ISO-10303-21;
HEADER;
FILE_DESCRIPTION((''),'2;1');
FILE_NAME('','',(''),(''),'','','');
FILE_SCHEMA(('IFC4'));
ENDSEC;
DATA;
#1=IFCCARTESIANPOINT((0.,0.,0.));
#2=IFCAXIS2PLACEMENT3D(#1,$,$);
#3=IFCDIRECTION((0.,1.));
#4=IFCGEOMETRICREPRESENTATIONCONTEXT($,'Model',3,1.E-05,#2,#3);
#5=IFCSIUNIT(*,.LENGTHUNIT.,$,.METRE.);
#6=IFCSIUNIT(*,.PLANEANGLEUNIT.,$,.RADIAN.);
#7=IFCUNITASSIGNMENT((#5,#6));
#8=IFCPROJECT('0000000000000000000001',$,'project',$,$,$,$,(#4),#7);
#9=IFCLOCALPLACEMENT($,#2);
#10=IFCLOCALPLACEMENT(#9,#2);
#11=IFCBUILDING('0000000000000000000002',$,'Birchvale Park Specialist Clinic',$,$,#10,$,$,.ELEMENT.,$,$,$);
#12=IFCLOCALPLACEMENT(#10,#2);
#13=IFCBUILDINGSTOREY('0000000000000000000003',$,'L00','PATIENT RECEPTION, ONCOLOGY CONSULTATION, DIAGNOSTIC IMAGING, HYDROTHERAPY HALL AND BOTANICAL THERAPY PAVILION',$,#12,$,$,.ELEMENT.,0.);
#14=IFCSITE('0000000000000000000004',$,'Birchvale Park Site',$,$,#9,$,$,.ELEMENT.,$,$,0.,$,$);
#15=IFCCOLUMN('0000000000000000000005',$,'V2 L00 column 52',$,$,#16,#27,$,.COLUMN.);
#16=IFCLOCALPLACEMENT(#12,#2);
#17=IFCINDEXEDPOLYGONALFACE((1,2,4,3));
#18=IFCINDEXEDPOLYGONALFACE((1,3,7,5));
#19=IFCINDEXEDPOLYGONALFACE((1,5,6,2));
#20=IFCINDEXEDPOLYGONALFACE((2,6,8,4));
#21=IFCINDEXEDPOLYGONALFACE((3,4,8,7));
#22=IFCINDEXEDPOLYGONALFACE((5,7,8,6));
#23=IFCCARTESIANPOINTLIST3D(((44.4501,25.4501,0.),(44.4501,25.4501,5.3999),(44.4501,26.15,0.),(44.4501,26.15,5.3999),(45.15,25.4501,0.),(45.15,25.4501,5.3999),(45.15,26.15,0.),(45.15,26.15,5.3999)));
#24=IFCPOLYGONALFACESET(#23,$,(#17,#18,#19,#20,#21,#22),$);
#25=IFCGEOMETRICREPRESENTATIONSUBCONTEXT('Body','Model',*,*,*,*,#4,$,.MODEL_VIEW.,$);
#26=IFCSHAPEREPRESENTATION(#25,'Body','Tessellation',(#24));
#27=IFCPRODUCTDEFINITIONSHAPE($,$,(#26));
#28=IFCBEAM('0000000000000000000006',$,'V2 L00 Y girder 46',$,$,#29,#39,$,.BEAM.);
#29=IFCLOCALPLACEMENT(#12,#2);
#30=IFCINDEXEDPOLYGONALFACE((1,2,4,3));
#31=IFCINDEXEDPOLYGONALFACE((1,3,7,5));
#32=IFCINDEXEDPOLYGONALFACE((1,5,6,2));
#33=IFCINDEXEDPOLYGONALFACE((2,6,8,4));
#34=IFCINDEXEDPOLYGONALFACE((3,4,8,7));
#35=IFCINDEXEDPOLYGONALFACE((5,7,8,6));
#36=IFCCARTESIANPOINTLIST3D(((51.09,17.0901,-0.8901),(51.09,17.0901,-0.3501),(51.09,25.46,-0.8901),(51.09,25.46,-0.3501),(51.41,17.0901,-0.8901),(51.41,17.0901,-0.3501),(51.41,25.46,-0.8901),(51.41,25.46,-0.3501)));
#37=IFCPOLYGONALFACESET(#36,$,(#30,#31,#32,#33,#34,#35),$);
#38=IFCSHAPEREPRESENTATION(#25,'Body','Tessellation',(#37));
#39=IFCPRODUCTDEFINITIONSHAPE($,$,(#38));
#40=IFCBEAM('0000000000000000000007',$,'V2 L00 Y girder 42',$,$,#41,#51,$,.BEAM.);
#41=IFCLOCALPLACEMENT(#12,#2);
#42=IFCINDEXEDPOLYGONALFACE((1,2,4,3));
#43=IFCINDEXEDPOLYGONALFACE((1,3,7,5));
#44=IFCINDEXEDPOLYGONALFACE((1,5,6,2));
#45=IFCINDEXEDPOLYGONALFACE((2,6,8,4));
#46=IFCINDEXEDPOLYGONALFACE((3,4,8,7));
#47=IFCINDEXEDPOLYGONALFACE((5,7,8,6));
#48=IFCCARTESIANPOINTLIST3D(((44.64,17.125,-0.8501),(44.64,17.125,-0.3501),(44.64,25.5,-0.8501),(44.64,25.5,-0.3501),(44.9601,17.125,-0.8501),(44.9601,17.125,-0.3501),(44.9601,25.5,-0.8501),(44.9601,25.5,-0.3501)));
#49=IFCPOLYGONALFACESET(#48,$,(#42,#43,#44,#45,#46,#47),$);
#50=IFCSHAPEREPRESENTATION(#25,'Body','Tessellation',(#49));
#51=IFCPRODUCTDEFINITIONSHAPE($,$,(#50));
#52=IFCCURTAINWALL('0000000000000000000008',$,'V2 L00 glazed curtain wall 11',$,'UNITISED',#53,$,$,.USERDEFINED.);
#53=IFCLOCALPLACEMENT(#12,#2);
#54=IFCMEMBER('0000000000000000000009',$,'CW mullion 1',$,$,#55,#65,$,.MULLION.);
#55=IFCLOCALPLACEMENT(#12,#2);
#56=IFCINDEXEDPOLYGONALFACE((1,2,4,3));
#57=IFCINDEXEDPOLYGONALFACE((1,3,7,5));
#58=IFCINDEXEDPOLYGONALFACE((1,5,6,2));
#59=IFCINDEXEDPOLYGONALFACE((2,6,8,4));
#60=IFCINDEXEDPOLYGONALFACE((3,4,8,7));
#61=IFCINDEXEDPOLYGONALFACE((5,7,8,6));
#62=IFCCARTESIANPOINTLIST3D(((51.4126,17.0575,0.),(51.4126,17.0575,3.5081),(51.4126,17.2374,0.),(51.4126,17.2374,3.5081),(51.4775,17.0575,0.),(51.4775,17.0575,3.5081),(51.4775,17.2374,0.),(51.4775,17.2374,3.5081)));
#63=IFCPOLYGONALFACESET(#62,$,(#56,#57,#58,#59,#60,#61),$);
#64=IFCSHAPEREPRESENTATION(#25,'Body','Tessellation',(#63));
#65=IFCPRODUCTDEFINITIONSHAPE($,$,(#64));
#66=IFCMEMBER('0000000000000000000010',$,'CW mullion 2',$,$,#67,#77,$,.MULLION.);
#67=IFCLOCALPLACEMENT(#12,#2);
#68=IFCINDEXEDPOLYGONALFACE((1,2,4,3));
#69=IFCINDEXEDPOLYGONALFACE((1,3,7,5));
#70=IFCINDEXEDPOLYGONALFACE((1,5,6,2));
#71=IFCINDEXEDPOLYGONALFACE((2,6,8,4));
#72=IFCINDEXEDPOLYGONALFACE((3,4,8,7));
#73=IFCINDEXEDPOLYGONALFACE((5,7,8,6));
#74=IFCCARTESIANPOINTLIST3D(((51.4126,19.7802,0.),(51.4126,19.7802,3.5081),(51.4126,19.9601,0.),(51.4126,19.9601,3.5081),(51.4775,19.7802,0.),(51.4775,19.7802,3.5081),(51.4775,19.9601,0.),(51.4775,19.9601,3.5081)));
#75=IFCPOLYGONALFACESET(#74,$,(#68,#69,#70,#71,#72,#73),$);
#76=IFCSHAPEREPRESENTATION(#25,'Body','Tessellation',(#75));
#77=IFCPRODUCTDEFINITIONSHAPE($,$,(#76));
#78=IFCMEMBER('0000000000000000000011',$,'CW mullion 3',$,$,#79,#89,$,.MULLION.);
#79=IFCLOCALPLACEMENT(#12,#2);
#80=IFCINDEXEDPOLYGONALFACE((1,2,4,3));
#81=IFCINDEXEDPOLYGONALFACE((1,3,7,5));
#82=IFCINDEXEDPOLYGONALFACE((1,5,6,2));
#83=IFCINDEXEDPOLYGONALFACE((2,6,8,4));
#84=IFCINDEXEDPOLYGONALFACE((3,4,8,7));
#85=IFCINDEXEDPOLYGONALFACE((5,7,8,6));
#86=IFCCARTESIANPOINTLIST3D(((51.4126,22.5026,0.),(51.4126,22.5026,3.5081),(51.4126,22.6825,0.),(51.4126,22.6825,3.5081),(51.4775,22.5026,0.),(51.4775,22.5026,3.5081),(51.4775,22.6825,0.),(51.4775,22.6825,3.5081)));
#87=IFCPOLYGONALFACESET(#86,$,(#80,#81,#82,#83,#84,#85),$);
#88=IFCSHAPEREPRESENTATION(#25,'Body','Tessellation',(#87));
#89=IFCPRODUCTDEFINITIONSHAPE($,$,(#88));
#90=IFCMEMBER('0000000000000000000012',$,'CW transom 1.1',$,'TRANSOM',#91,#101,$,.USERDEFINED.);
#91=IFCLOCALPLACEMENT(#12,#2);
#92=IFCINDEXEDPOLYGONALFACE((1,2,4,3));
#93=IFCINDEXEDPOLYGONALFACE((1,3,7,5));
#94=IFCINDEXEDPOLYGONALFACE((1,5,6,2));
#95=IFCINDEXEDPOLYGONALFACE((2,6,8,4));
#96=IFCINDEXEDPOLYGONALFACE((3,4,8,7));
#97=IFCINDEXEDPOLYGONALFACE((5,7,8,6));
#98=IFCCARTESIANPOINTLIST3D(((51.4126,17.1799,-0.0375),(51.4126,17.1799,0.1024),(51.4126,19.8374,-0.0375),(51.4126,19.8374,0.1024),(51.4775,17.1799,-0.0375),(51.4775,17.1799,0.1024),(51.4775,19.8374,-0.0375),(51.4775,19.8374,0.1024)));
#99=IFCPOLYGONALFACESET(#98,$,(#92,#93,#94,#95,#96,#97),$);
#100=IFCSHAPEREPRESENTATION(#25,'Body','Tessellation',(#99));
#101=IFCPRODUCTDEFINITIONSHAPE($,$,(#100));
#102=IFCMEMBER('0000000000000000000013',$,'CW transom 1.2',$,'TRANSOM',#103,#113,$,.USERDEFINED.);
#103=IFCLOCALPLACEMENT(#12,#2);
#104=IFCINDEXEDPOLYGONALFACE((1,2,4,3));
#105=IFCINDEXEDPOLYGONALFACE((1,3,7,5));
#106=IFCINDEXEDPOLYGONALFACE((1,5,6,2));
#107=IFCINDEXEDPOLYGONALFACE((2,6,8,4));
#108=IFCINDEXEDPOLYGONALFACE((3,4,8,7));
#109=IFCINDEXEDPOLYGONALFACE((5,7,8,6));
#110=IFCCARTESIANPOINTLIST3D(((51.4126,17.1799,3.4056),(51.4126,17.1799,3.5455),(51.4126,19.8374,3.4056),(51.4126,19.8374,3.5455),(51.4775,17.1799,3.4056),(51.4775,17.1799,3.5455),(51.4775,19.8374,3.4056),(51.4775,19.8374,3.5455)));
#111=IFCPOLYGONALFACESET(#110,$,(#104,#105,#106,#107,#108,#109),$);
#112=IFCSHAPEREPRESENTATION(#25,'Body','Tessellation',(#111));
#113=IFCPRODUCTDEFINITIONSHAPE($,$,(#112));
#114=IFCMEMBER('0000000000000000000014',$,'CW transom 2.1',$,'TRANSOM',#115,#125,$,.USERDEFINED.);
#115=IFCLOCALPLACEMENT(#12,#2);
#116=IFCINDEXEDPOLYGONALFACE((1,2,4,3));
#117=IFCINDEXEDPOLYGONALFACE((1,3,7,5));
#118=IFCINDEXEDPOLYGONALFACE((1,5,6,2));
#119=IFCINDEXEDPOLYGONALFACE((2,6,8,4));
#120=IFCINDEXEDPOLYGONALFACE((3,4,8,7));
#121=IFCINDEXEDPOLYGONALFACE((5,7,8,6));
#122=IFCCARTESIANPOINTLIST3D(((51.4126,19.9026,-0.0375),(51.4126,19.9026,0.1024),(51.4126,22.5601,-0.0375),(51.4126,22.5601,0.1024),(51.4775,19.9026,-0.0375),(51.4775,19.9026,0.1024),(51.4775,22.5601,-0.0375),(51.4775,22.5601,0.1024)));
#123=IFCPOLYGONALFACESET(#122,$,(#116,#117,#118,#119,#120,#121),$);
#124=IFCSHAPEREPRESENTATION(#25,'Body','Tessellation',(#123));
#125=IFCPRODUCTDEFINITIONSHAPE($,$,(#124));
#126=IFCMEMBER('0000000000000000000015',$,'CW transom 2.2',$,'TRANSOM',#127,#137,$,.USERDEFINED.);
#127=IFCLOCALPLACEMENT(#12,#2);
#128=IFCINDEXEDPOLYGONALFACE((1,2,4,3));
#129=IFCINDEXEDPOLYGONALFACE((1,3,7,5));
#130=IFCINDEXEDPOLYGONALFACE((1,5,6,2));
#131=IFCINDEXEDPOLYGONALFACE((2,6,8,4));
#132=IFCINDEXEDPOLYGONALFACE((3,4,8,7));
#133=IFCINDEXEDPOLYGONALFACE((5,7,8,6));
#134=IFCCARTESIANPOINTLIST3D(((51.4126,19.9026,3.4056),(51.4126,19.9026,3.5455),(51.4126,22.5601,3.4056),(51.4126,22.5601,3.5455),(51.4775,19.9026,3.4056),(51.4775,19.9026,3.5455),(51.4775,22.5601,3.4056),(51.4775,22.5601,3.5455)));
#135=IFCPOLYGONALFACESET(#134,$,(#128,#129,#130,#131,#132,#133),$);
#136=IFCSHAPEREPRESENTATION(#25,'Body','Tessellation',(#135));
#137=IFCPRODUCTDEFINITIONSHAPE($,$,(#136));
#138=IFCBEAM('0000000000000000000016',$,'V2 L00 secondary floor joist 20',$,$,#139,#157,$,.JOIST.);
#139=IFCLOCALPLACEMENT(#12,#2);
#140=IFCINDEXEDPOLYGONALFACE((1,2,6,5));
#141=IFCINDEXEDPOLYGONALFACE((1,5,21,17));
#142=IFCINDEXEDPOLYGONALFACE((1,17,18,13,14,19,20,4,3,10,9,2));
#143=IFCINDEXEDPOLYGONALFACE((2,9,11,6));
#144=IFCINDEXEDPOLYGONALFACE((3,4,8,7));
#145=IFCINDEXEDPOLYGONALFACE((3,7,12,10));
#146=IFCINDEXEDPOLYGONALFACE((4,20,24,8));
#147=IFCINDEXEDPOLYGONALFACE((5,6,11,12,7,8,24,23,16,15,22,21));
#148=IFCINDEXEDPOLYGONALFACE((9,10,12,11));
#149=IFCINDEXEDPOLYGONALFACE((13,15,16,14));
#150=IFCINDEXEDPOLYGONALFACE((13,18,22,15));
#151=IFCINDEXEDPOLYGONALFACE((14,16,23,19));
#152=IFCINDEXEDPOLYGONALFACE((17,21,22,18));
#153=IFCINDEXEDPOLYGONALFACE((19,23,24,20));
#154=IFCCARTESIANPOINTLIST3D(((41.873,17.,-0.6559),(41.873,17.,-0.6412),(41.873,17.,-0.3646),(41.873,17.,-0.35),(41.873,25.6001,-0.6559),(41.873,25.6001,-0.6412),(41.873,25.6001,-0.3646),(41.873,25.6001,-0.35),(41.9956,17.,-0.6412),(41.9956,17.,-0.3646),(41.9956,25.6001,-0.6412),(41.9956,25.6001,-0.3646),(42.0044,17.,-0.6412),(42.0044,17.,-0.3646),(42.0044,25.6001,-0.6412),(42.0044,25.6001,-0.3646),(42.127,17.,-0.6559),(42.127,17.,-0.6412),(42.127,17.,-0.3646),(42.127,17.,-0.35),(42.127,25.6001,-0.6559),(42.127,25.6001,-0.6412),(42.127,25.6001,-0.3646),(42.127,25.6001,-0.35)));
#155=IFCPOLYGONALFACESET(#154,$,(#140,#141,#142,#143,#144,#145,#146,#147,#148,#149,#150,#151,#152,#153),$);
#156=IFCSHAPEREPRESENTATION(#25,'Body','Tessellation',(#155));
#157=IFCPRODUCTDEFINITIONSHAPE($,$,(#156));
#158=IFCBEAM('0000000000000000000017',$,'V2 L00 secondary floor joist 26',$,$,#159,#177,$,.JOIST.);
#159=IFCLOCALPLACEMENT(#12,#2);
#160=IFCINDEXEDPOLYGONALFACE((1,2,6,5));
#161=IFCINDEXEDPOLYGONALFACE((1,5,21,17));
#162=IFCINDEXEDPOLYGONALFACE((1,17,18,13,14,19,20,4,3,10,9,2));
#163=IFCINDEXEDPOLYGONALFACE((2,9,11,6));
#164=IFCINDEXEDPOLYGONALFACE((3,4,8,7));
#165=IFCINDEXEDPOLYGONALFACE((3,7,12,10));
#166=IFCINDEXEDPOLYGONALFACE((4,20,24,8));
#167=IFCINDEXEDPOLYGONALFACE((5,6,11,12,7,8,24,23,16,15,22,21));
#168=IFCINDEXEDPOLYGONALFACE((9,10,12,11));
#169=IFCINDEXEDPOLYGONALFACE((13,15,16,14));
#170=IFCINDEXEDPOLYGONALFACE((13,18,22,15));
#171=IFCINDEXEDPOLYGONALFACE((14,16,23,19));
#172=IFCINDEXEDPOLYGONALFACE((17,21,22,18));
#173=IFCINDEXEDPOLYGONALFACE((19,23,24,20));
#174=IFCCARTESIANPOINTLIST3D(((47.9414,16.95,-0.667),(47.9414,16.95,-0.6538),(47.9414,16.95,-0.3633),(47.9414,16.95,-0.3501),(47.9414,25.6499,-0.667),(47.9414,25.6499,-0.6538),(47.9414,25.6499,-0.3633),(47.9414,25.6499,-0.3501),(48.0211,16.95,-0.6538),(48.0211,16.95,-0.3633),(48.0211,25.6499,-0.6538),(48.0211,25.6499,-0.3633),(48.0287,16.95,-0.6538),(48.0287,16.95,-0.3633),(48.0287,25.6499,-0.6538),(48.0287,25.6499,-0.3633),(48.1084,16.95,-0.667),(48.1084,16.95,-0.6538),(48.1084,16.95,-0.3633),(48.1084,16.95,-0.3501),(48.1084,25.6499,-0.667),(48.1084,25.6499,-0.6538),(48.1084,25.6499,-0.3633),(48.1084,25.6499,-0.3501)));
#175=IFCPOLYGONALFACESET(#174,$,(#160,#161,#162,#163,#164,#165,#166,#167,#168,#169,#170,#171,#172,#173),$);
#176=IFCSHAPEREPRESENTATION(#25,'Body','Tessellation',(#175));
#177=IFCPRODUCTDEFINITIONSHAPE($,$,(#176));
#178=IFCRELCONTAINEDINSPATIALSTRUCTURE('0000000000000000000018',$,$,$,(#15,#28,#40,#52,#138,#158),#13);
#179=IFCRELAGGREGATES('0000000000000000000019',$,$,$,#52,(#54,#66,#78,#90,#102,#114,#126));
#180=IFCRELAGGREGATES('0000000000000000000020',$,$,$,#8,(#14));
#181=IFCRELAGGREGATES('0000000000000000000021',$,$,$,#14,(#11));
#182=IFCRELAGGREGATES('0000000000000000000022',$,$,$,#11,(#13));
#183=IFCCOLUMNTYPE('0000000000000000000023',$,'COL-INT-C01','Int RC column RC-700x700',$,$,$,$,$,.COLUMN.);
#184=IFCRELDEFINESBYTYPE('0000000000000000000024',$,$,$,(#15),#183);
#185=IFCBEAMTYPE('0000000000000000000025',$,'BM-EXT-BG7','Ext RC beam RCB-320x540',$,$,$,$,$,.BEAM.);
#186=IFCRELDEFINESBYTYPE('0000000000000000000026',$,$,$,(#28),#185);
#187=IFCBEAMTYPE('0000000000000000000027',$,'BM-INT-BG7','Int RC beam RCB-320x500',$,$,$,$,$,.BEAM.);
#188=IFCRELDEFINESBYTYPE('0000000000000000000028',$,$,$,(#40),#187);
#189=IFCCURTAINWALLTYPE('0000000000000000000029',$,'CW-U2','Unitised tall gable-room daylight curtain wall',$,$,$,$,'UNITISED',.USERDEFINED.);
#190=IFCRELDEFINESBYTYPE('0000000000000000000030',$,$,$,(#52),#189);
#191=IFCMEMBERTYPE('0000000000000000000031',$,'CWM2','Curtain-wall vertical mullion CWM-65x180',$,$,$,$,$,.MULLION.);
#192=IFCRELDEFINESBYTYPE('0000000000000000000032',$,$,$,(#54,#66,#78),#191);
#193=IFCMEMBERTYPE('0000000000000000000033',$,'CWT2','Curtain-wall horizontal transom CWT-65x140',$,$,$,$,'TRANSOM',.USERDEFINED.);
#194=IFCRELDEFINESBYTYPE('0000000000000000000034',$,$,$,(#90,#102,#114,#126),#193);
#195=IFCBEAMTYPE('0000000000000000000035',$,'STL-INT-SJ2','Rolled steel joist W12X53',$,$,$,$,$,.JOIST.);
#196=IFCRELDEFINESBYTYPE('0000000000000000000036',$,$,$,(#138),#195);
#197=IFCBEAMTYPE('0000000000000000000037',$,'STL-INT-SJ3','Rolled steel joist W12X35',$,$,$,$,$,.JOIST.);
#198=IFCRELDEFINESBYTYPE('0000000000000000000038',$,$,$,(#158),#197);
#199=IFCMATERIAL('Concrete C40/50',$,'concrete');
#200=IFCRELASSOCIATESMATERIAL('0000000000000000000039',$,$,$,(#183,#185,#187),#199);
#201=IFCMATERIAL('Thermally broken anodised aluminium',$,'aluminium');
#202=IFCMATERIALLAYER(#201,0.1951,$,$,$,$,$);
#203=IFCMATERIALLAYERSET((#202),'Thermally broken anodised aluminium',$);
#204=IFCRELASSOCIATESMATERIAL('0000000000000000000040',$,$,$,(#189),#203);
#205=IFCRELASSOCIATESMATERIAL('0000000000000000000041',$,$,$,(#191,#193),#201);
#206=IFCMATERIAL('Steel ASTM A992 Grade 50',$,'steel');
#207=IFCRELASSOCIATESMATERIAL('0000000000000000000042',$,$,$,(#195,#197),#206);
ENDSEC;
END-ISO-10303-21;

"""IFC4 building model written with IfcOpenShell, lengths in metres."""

from ifc_helpers import new_model, si_unit, direction, frame, origin, origin_2d, place, context, subcontext, project, spatial, rectangle, i_section, extrude, material, layer, layer_set, material_profile, profile_set, type_object, element, aggregate, save


model = new_model("IFC4")

# Units and contexts
model_context = context("Model", 3, precision=1e-05, world=origin(), true_north=direction((0.0, 1.0)))
body_context = subcontext(model_context, "Body", "Model", "MODEL_VIEW")
ifc_project = project(units=[si_unit("LENGTHUNIT", "METRE"), si_unit("PLANEANGLEUNIT", "RADIAN")], contexts=[model_context])

# Site, building, storey
site_placement = place(None, origin())
site = spatial("IfcSite", under=ifc_project, at=site_placement, Name="Birchvale Park Site", CompositionType="ELEMENT", RefElevation=0.0)
building_placement = place(site_placement, origin())
building = spatial("IfcBuilding", under=site, at=building_placement, Name="Birchvale Park Specialist Clinic", CompositionType="ELEMENT")
storey_placement = place(building_placement, origin())
storey = spatial("IfcBuildingStorey", under=building, at=storey_placement, Name="L00", Description="PATIENT RECEPTION, ONCOLOGY CONSULTATION, DIAGNOSTIC IMAGING, HYDROTHERAPY HALL AND BOTANICAL THERAPY PAVILION", CompositionType="ELEMENT", Elevation=0.0)

# Column
ifc_material_1 = material(Name="Concrete C40/50", Category="concrete")
ifc_material_profile_1 = material_profile(ifc_material_1, rectangle(XDim=0.7, YDim=0.7, at=origin_2d()), Name="RC-700x700")
ifc_profile_set_1 = profile_set([ifc_material_profile_1], Name="Concrete C40/50")
column_type = type_object("IfcColumnType", Name="COL-INT-C01", Description="Int RC column RC-700x700", PredefinedType="COLUMN", material=ifc_profile_set_1)
column_placement = place(storey_placement, frame((44.8, 25.8, 0.0), z_axis=(0.0, 0.0, 1.0), x_axis=(1.0, 0.0, 0.0)))
element("IfcColumn", 1, at=column_placement, inside=storey, type_object=column_type, Name="V2 L00 column 52", PredefinedType="COLUMN", context=body_context, shape_type="SweptSolid", body=[
    extrude(rectangle(XDim=0.7, YDim=0.7, at=origin_2d()), origin(), (0.0, 0.0, 1.0), 5.3999),
])

# Beams
ifc_material_profile_2 = material_profile(ifc_material_1, rectangle(XDim=0.3201, YDim=0.54, at=origin_2d()), Name="RCB-320x540")
ifc_profile_set_2 = profile_set([ifc_material_profile_2], Name="Concrete C40/50")
beam_type_1 = type_object("IfcBeamType", Name="BM-EXT-BG7", Description="Ext RC beam RCB-320x540", PredefinedType="BEAM", material=ifc_profile_set_2)
beam_1_placement = place(storey_placement, frame((51.25, 17.0901, -0.6201), z_axis=(0.0, 1.0, 0.0), x_axis=(-1.0, 0.0, 0.0)))
element("IfcBeam", 2, at=beam_1_placement, inside=storey, type_object=beam_type_1, Name="V2 L00 Y girder 46", PredefinedType="BEAM", context=body_context, shape_type="SweptSolid", body=[
    extrude(rectangle(XDim=0.3201, YDim=0.54, at=origin_2d()), origin(), (0.0, 0.0, 1.0), 8.3699),
])
ifc_material_profile_3 = material_profile(ifc_material_1, rectangle(XDim=0.3201, YDim=0.5, at=origin_2d()), Name="RCB-320x500")
ifc_profile_set_3 = profile_set([ifc_material_profile_3], Name="Concrete C40/50")
beam_type_2 = type_object("IfcBeamType", Name="BM-INT-BG7", Description="Int RC beam RCB-320x500", PredefinedType="BEAM", material=ifc_profile_set_3)
beam_2_placement = place(storey_placement, frame((44.8, 17.125, -0.6001), z_axis=(0.0, 1.0, 0.0), x_axis=(-1.0, 0.0, 0.0)))
element("IfcBeam", 3, at=beam_2_placement, inside=storey, type_object=beam_type_2, Name="V2 L00 Y girder 42", PredefinedType="BEAM", context=body_context, shape_type="SweptSolid", body=[
    extrude(rectangle(XDim=0.3201, YDim=0.5, at=origin_2d()), origin(), (0.0, 0.0, 1.0), 8.375),
])

# Curtain wall, members
ifc_material_2 = material(Name="Thermally broken anodised aluminium", Category="aluminium")
ifc_layer_1 = layer(ifc_material_2, 0.1951)
ifc_layer_set_1 = layer_set([ifc_layer_1], Name="Thermally broken anodised aluminium")
curtain_wall_type = type_object("IfcCurtainWallType", Name="CW-U2", Description="Unitised tall gable-room daylight curtain wall", ElementType="UNITISED", PredefinedType="USERDEFINED", material=ifc_layer_set_1)
curtain_wall_placement = place(storey_placement, origin())
curtain_wall = element("IfcCurtainWall", 4, at=curtain_wall_placement, inside=storey, type_object=curtain_wall_type, Name="V2 L00 glazed curtain wall 11", ObjectType="UNITISED", PredefinedType="USERDEFINED")
ifc_material_profile_4 = material_profile(ifc_material_2, rectangle(XDim=0.0649, YDim=0.1799, at=origin_2d()), Name="CWM-65x180")
ifc_profile_set_4 = profile_set([ifc_material_profile_4], Name="Thermally broken anodised aluminium")
member_type_1 = type_object("IfcMemberType", Name="CWM2", Description="Curtain-wall vertical mullion CWM-65x180", PredefinedType="MULLION", material=ifc_profile_set_4)
member_1_placement = place(storey_placement, frame((51.4451, 17.1475, 0.0), z_axis=(0.0, 0.0, 1.0), x_axis=(-1.0, 0.0, 0.0)))
member_1 = element("IfcMember", 5, at=member_1_placement, type_object=member_type_1, Name="CW mullion 1", PredefinedType="MULLION", context=body_context, shape_type="SweptSolid", body=[
    extrude(rectangle(XDim=0.0649, YDim=0.1799, at=origin_2d()), origin(), (0.0, 0.0, 1.0), 3.5081),
])
member_2_placement = place(storey_placement, frame((51.4451, 19.8701, 0.0), z_axis=(0.0, 0.0, 1.0), x_axis=(-1.0, 0.0, 0.0)))
member_2 = element("IfcMember", 6, at=member_2_placement, type_object=member_type_1, Name="CW mullion 2", PredefinedType="MULLION", context=body_context, shape_type="SweptSolid", body=[
    extrude(rectangle(XDim=0.0649, YDim=0.1799, at=origin_2d()), origin(), (0.0, 0.0, 1.0), 3.5081),
])
member_3_placement = place(storey_placement, frame((51.4451, 22.5925, 0.0), z_axis=(0.0, 0.0, 1.0), x_axis=(-1.0, 0.0, 0.0)))
member_3 = element("IfcMember", 7, at=member_3_placement, type_object=member_type_1, Name="CW mullion 3", PredefinedType="MULLION", context=body_context, shape_type="SweptSolid", body=[
    extrude(rectangle(XDim=0.0649, YDim=0.1799, at=origin_2d()), origin(), (0.0, 0.0, 1.0), 3.5081),
])
ifc_material_profile_5 = material_profile(ifc_material_2, rectangle(XDim=0.0649, YDim=0.1399, at=origin_2d()), Name="CWT-65x140")
ifc_profile_set_5 = profile_set([ifc_material_profile_5], Name="Thermally broken anodised aluminium")
member_type_2 = type_object("IfcMemberType", Name="CWT2", Description="Curtain-wall horizontal transom CWT-65x140", ElementType="TRANSOM", PredefinedType="USERDEFINED", material=ifc_profile_set_5)
member_4_placement = place(storey_placement, frame((51.4451, 17.1799, 0.0325), z_axis=(0.0, 1.0, 0.0), x_axis=(-1.0, 0.0, 0.0)))
member_4 = element("IfcMember", 8, at=member_4_placement, type_object=member_type_2, Name="CW transom 1.1", ObjectType="TRANSOM", PredefinedType="USERDEFINED", context=body_context, shape_type="SweptSolid", body=[
    extrude(rectangle(XDim=0.0649, YDim=0.1399, at=origin_2d()), origin(), (0.0, 0.0, 1.0), 2.6575),
])
member_5_placement = place(storey_placement, frame((51.4451, 17.1799, 3.4756), z_axis=(0.0, 1.0, 0.0), x_axis=(-1.0, 0.0, 0.0)))
member_5 = element("IfcMember", 9, at=member_5_placement, type_object=member_type_2, Name="CW transom 1.2", ObjectType="TRANSOM", PredefinedType="USERDEFINED", context=body_context, shape_type="SweptSolid", body=[
    extrude(rectangle(XDim=0.0649, YDim=0.1399, at=origin_2d()), origin(), (0.0, 0.0, 1.0), 2.6575),
])
member_6_placement = place(storey_placement, frame((51.4451, 19.9026, 0.0325), z_axis=(0.0, 1.0, 0.0), x_axis=(-1.0, 0.0, 0.0)))
member_6 = element("IfcMember", 10, at=member_6_placement, type_object=member_type_2, Name="CW transom 2.1", ObjectType="TRANSOM", PredefinedType="USERDEFINED", context=body_context, shape_type="SweptSolid", body=[
    extrude(rectangle(XDim=0.0649, YDim=0.1399, at=origin_2d()), origin(), (0.0, 0.0, 1.0), 2.6575),
])
member_7_placement = place(storey_placement, frame((51.4451, 19.9026, 3.4756), z_axis=(0.0, 1.0, 0.0), x_axis=(-1.0, 0.0, 0.0)))
member_7 = element("IfcMember", 11, at=member_7_placement, type_object=member_type_2, Name="CW transom 2.2", ObjectType="TRANSOM", PredefinedType="USERDEFINED", context=body_context, shape_type="SweptSolid", body=[
    extrude(rectangle(XDim=0.0649, YDim=0.1399, at=origin_2d()), origin(), (0.0, 0.0, 1.0), 2.6575),
])

# Beams
ifc_material_3 = material(Name="Steel ASTM A992 Grade 50", Category="steel")
ifc_material_profile_6 = material_profile(ifc_material_3, i_section(OverallWidth=0.2539, OverallDepth=0.3059, WebThickness=0.0088, FlangeThickness=0.0146, at=origin_2d()), Name="W12X53")
ifc_profile_set_6 = profile_set([ifc_material_profile_6], Name="Steel ASTM A992 Grade 50")
beam_type_3 = type_object("IfcBeamType", Name="STL-INT-SJ2", Description="Rolled steel joist W12X53", PredefinedType="JOIST", material=ifc_profile_set_6)
beam_3_placement = place(storey_placement, frame((42.0, 17.0, -0.5029), z_axis=(0.0, 1.0, 0.0), x_axis=(-1.0, 0.0, 0.0)))
element("IfcBeam", 12, at=beam_3_placement, inside=storey, type_object=beam_type_3, Name="V2 L00 secondary floor joist 20", PredefinedType="JOIST", context=body_context, shape_type="SweptSolid", body=[
    extrude(i_section(OverallWidth=0.2539, OverallDepth=0.3059, WebThickness=0.0088, FlangeThickness=0.0146, at=origin_2d()), origin(), (0.0, 0.0, 1.0), 8.6001),
])
ifc_material_profile_7 = material_profile(ifc_material_3, i_section(OverallWidth=0.167, OverallDepth=0.3169, WebThickness=0.0076, FlangeThickness=0.0132, at=origin_2d()), Name="W12X35")
ifc_profile_set_7 = profile_set([ifc_material_profile_7], Name="Steel ASTM A992 Grade 50")
beam_type_4 = type_object("IfcBeamType", Name="STL-INT-SJ3", Description="Rolled steel joist W12X35", PredefinedType="JOIST", material=ifc_profile_set_7)
beam_4_placement = place(storey_placement, frame((48.0249, 16.95, -0.5085), z_axis=(0.0, 1.0, 0.0), x_axis=(-1.0, 0.0, 0.0)))
element("IfcBeam", 13, at=beam_4_placement, inside=storey, type_object=beam_type_4, Name="V2 L00 secondary floor joist 26", PredefinedType="JOIST", context=body_context, shape_type="SweptSolid", body=[
    extrude(i_section(OverallWidth=0.167, OverallDepth=0.3169, WebThickness=0.0076, FlangeThickness=0.0132, at=origin_2d()), origin(), (0.0, 0.0, 1.0), 8.7),
])

aggregate(curtain_wall, [member_1, member_2, member_3, member_4, member_5, member_6, member_7])

save(model, "model.ifc")
